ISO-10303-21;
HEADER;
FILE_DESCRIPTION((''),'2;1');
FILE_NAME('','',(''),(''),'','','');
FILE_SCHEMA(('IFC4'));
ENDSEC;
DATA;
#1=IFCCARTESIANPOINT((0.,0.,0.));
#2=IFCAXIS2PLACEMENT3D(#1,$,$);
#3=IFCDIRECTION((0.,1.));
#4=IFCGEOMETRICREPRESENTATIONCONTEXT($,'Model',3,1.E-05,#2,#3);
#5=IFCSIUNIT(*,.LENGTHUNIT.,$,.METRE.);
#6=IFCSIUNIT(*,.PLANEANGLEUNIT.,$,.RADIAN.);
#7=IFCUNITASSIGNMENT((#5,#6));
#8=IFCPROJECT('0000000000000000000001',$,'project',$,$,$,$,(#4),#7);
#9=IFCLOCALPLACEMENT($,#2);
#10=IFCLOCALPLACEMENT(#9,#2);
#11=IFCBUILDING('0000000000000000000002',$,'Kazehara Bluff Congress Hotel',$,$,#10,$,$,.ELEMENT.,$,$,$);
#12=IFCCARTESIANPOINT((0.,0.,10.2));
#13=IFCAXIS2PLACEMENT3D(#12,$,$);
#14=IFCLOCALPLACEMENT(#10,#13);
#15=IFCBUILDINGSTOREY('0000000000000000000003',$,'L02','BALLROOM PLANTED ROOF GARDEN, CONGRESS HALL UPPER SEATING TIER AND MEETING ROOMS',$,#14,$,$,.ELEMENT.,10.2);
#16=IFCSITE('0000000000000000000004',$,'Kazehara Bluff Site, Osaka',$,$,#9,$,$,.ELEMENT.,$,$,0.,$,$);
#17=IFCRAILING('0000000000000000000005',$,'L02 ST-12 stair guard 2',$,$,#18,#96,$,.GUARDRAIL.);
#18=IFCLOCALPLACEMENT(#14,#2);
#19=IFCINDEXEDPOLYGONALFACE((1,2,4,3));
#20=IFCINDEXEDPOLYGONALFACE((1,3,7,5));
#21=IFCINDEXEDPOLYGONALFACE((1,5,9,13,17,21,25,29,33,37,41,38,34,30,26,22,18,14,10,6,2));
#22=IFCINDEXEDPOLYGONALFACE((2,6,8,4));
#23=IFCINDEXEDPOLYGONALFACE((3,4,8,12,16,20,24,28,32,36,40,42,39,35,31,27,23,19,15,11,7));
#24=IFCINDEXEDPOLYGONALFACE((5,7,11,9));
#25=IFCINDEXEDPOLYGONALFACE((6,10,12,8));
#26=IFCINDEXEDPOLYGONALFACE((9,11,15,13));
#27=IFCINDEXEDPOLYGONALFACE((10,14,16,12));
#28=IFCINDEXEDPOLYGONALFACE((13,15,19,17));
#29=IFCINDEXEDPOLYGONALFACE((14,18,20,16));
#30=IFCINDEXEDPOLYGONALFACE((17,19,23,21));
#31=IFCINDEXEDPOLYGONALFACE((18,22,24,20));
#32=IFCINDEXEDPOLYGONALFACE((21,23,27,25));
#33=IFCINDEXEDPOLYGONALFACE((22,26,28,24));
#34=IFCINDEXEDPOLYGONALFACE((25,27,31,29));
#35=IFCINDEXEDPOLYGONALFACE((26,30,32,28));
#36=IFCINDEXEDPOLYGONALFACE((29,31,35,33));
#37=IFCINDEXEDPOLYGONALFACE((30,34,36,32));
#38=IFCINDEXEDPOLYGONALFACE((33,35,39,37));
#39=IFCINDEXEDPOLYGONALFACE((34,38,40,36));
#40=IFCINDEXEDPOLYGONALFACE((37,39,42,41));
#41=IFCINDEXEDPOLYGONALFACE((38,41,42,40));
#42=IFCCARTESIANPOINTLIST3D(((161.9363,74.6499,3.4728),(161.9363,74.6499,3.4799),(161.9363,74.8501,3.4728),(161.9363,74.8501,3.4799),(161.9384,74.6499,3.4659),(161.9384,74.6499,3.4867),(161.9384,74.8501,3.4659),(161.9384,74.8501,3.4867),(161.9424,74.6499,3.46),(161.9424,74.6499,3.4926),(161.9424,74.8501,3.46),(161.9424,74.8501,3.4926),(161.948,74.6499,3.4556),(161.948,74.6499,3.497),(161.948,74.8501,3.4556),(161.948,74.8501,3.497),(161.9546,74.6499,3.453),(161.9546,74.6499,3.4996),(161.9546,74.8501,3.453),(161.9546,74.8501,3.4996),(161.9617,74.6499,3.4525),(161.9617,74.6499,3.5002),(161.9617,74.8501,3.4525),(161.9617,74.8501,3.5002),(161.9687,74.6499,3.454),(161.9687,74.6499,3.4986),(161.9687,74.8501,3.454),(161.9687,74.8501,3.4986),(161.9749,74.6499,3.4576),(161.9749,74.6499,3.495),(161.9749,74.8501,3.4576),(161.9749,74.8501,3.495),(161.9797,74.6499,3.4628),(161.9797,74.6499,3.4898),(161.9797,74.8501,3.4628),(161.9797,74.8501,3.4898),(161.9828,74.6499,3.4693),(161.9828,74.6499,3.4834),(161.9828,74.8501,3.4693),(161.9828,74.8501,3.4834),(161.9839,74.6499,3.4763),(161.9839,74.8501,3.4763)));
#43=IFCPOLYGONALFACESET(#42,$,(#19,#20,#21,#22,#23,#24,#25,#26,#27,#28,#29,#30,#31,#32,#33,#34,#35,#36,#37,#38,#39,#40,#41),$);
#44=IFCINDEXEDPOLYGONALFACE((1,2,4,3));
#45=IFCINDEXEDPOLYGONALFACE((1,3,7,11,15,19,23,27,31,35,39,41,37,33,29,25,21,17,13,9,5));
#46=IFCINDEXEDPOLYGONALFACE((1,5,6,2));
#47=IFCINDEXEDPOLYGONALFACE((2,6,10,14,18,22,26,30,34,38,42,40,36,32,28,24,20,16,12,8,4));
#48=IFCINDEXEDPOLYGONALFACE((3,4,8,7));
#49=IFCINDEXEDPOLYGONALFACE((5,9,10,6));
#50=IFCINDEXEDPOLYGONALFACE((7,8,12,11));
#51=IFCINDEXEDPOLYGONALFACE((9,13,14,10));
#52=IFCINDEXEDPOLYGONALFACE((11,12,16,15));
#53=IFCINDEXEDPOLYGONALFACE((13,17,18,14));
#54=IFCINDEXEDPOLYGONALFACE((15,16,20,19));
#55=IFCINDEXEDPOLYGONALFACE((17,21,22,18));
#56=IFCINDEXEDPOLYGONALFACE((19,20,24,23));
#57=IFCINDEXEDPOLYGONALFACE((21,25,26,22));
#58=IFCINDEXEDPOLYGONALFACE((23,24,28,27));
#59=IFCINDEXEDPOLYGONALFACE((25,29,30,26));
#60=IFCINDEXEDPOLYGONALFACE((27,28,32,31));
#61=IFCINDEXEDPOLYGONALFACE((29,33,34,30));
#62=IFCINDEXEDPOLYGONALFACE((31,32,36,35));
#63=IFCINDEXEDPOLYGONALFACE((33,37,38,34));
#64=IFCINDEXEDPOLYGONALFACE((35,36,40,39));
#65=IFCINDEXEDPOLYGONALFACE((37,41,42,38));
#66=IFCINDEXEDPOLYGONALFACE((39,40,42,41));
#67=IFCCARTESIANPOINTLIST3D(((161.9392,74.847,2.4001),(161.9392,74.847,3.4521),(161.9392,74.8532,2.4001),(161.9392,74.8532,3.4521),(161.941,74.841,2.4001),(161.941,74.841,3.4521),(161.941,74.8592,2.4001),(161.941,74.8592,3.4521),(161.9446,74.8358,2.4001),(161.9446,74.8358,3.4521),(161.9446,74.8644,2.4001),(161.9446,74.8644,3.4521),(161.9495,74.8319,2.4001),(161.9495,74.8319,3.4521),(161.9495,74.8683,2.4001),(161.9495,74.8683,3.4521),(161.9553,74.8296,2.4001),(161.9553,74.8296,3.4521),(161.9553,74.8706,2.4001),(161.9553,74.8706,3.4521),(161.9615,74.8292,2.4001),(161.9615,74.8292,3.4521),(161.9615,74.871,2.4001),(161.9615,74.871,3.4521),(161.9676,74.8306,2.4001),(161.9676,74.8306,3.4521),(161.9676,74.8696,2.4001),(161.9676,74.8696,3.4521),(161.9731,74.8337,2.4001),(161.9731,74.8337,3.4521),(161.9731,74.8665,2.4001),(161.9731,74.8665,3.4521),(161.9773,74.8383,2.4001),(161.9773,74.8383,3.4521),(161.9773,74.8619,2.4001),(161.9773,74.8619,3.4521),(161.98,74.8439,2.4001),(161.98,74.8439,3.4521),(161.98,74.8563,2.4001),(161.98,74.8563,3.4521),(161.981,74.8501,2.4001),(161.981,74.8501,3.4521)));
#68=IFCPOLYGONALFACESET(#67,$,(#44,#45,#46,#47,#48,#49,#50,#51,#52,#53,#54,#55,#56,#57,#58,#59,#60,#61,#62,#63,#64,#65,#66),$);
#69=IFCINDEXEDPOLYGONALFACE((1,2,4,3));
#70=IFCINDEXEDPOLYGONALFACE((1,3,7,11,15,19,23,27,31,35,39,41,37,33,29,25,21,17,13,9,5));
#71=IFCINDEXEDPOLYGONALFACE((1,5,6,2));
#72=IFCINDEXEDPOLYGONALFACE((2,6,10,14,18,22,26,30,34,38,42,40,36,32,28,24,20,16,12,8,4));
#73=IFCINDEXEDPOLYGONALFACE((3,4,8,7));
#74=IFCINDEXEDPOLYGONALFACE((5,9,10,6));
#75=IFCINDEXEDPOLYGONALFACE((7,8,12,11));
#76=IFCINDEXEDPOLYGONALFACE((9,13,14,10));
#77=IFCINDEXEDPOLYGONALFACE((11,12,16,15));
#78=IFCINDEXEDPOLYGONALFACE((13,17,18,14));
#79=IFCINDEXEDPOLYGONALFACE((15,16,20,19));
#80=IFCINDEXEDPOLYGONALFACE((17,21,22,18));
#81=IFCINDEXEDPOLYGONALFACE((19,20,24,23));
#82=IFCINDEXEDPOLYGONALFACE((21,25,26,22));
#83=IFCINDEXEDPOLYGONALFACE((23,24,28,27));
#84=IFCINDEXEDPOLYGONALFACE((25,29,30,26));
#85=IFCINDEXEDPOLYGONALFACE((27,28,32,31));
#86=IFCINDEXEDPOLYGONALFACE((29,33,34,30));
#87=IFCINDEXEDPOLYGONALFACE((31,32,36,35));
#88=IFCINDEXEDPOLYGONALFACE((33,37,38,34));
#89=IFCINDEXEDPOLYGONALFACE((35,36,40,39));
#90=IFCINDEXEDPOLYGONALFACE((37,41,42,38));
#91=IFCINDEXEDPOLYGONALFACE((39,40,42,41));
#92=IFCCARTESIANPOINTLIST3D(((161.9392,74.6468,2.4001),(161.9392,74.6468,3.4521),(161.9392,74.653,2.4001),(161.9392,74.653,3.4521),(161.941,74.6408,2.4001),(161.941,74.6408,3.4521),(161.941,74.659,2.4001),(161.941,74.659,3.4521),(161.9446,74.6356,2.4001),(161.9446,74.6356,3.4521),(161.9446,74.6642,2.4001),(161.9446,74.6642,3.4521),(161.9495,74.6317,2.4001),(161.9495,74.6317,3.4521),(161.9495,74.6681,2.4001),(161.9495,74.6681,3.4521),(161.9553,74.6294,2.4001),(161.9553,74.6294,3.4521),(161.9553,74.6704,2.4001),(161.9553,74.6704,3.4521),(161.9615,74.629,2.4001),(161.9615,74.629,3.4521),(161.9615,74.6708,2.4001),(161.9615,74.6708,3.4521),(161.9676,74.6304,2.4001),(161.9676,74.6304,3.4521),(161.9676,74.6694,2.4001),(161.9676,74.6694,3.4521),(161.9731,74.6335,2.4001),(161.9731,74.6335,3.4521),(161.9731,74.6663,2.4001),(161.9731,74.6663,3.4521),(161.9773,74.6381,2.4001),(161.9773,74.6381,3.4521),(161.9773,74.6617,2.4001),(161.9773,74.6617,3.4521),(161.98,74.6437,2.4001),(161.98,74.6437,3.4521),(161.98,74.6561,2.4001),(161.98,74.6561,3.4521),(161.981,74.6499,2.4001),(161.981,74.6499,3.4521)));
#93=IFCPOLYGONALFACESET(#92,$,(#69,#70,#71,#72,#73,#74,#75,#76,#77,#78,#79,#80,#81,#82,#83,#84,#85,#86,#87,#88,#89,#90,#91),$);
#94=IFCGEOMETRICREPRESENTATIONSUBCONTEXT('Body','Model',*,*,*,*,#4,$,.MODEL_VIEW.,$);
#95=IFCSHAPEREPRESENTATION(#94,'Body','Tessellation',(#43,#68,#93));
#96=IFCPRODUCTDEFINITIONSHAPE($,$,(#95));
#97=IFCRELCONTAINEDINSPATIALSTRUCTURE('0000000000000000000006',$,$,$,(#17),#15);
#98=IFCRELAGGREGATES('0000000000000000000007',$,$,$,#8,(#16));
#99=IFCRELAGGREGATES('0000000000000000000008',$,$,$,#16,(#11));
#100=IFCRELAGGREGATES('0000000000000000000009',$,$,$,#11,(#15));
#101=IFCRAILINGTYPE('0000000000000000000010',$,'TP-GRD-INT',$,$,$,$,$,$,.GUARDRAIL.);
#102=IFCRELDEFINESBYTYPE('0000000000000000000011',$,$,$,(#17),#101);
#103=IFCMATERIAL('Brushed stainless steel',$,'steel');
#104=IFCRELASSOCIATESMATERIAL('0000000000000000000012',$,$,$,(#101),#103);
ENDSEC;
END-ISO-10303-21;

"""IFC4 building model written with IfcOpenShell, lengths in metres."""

from ifc_helpers import new_model, si_unit, direction, frame, origin, origin_2d, place, context, subcontext, project, spatial, circle, extrude, material, type_object, element, save


model = new_model("IFC4")

# Units and contexts
model_context = context("Model", 3, precision=1e-05, world=origin(), true_north=direction((0.0, 1.0)))
body_context = subcontext(model_context, "Body", "Model", "MODEL_VIEW")
ifc_project = project(units=[si_unit("LENGTHUNIT", "METRE"), si_unit("PLANEANGLEUNIT", "RADIAN")], contexts=[model_context])

# Site, building, storey
site_placement = place(None, origin())
site = spatial("IfcSite", under=ifc_project, at=site_placement, Name="Kazehara Bluff Site, Osaka", CompositionType="ELEMENT", RefElevation=0.0)
building_placement = place(site_placement, origin())
building = spatial("IfcBuilding", under=site, at=building_placement, Name="Kazehara Bluff Congress Hotel", CompositionType="ELEMENT")
storey_placement = place(building_placement, frame((0.0, 0.0, 10.2)))
storey = spatial("IfcBuildingStorey", under=building, at=storey_placement, Name="L02", Description="BALLROOM PLANTED ROOF GARDEN, CONGRESS HALL UPPER SEATING TIER AND MEETING ROOMS", CompositionType="ELEMENT", Elevation=10.2)

# Railing
ifc_material_1 = material(Name="Brushed stainless steel", Category="steel")
railing_type_1 = type_object("IfcRailingType", Name="TP-GRD-INT", PredefinedType="GUARDRAIL", material=ifc_material_1)
railing_1_placement = place(storey_placement, frame((161.96, 74.8501, 2.4001)))
element("IfcRailing", 1, at=railing_1_placement, inside=storey, type_object=railing_type_1, Name="L02 ST-12 stair guard 2", PredefinedType="GUARDRAIL", context=body_context, shape_type="SweptSolid", body=[
    extrude(circle(Radius=0.0239, at=origin_2d()), frame((0.0, 0.0, 1.0762), z_axis=(0.0, -1.0, 0.0), x_axis=(1.0, 0.0, 0.0)), (0.0, 0.0, 1.0), 0.2002),
    extrude(circle(Radius=0.021, at=origin_2d()), origin(), (0.0, 0.0, 1.0), 1.052),
    extrude(circle(Radius=0.021, at=origin_2d()), frame((0.0, -0.2002, 0.0)), (0.0, 0.0, 1.0), 1.052),
])

save(model, "model.ifc")
